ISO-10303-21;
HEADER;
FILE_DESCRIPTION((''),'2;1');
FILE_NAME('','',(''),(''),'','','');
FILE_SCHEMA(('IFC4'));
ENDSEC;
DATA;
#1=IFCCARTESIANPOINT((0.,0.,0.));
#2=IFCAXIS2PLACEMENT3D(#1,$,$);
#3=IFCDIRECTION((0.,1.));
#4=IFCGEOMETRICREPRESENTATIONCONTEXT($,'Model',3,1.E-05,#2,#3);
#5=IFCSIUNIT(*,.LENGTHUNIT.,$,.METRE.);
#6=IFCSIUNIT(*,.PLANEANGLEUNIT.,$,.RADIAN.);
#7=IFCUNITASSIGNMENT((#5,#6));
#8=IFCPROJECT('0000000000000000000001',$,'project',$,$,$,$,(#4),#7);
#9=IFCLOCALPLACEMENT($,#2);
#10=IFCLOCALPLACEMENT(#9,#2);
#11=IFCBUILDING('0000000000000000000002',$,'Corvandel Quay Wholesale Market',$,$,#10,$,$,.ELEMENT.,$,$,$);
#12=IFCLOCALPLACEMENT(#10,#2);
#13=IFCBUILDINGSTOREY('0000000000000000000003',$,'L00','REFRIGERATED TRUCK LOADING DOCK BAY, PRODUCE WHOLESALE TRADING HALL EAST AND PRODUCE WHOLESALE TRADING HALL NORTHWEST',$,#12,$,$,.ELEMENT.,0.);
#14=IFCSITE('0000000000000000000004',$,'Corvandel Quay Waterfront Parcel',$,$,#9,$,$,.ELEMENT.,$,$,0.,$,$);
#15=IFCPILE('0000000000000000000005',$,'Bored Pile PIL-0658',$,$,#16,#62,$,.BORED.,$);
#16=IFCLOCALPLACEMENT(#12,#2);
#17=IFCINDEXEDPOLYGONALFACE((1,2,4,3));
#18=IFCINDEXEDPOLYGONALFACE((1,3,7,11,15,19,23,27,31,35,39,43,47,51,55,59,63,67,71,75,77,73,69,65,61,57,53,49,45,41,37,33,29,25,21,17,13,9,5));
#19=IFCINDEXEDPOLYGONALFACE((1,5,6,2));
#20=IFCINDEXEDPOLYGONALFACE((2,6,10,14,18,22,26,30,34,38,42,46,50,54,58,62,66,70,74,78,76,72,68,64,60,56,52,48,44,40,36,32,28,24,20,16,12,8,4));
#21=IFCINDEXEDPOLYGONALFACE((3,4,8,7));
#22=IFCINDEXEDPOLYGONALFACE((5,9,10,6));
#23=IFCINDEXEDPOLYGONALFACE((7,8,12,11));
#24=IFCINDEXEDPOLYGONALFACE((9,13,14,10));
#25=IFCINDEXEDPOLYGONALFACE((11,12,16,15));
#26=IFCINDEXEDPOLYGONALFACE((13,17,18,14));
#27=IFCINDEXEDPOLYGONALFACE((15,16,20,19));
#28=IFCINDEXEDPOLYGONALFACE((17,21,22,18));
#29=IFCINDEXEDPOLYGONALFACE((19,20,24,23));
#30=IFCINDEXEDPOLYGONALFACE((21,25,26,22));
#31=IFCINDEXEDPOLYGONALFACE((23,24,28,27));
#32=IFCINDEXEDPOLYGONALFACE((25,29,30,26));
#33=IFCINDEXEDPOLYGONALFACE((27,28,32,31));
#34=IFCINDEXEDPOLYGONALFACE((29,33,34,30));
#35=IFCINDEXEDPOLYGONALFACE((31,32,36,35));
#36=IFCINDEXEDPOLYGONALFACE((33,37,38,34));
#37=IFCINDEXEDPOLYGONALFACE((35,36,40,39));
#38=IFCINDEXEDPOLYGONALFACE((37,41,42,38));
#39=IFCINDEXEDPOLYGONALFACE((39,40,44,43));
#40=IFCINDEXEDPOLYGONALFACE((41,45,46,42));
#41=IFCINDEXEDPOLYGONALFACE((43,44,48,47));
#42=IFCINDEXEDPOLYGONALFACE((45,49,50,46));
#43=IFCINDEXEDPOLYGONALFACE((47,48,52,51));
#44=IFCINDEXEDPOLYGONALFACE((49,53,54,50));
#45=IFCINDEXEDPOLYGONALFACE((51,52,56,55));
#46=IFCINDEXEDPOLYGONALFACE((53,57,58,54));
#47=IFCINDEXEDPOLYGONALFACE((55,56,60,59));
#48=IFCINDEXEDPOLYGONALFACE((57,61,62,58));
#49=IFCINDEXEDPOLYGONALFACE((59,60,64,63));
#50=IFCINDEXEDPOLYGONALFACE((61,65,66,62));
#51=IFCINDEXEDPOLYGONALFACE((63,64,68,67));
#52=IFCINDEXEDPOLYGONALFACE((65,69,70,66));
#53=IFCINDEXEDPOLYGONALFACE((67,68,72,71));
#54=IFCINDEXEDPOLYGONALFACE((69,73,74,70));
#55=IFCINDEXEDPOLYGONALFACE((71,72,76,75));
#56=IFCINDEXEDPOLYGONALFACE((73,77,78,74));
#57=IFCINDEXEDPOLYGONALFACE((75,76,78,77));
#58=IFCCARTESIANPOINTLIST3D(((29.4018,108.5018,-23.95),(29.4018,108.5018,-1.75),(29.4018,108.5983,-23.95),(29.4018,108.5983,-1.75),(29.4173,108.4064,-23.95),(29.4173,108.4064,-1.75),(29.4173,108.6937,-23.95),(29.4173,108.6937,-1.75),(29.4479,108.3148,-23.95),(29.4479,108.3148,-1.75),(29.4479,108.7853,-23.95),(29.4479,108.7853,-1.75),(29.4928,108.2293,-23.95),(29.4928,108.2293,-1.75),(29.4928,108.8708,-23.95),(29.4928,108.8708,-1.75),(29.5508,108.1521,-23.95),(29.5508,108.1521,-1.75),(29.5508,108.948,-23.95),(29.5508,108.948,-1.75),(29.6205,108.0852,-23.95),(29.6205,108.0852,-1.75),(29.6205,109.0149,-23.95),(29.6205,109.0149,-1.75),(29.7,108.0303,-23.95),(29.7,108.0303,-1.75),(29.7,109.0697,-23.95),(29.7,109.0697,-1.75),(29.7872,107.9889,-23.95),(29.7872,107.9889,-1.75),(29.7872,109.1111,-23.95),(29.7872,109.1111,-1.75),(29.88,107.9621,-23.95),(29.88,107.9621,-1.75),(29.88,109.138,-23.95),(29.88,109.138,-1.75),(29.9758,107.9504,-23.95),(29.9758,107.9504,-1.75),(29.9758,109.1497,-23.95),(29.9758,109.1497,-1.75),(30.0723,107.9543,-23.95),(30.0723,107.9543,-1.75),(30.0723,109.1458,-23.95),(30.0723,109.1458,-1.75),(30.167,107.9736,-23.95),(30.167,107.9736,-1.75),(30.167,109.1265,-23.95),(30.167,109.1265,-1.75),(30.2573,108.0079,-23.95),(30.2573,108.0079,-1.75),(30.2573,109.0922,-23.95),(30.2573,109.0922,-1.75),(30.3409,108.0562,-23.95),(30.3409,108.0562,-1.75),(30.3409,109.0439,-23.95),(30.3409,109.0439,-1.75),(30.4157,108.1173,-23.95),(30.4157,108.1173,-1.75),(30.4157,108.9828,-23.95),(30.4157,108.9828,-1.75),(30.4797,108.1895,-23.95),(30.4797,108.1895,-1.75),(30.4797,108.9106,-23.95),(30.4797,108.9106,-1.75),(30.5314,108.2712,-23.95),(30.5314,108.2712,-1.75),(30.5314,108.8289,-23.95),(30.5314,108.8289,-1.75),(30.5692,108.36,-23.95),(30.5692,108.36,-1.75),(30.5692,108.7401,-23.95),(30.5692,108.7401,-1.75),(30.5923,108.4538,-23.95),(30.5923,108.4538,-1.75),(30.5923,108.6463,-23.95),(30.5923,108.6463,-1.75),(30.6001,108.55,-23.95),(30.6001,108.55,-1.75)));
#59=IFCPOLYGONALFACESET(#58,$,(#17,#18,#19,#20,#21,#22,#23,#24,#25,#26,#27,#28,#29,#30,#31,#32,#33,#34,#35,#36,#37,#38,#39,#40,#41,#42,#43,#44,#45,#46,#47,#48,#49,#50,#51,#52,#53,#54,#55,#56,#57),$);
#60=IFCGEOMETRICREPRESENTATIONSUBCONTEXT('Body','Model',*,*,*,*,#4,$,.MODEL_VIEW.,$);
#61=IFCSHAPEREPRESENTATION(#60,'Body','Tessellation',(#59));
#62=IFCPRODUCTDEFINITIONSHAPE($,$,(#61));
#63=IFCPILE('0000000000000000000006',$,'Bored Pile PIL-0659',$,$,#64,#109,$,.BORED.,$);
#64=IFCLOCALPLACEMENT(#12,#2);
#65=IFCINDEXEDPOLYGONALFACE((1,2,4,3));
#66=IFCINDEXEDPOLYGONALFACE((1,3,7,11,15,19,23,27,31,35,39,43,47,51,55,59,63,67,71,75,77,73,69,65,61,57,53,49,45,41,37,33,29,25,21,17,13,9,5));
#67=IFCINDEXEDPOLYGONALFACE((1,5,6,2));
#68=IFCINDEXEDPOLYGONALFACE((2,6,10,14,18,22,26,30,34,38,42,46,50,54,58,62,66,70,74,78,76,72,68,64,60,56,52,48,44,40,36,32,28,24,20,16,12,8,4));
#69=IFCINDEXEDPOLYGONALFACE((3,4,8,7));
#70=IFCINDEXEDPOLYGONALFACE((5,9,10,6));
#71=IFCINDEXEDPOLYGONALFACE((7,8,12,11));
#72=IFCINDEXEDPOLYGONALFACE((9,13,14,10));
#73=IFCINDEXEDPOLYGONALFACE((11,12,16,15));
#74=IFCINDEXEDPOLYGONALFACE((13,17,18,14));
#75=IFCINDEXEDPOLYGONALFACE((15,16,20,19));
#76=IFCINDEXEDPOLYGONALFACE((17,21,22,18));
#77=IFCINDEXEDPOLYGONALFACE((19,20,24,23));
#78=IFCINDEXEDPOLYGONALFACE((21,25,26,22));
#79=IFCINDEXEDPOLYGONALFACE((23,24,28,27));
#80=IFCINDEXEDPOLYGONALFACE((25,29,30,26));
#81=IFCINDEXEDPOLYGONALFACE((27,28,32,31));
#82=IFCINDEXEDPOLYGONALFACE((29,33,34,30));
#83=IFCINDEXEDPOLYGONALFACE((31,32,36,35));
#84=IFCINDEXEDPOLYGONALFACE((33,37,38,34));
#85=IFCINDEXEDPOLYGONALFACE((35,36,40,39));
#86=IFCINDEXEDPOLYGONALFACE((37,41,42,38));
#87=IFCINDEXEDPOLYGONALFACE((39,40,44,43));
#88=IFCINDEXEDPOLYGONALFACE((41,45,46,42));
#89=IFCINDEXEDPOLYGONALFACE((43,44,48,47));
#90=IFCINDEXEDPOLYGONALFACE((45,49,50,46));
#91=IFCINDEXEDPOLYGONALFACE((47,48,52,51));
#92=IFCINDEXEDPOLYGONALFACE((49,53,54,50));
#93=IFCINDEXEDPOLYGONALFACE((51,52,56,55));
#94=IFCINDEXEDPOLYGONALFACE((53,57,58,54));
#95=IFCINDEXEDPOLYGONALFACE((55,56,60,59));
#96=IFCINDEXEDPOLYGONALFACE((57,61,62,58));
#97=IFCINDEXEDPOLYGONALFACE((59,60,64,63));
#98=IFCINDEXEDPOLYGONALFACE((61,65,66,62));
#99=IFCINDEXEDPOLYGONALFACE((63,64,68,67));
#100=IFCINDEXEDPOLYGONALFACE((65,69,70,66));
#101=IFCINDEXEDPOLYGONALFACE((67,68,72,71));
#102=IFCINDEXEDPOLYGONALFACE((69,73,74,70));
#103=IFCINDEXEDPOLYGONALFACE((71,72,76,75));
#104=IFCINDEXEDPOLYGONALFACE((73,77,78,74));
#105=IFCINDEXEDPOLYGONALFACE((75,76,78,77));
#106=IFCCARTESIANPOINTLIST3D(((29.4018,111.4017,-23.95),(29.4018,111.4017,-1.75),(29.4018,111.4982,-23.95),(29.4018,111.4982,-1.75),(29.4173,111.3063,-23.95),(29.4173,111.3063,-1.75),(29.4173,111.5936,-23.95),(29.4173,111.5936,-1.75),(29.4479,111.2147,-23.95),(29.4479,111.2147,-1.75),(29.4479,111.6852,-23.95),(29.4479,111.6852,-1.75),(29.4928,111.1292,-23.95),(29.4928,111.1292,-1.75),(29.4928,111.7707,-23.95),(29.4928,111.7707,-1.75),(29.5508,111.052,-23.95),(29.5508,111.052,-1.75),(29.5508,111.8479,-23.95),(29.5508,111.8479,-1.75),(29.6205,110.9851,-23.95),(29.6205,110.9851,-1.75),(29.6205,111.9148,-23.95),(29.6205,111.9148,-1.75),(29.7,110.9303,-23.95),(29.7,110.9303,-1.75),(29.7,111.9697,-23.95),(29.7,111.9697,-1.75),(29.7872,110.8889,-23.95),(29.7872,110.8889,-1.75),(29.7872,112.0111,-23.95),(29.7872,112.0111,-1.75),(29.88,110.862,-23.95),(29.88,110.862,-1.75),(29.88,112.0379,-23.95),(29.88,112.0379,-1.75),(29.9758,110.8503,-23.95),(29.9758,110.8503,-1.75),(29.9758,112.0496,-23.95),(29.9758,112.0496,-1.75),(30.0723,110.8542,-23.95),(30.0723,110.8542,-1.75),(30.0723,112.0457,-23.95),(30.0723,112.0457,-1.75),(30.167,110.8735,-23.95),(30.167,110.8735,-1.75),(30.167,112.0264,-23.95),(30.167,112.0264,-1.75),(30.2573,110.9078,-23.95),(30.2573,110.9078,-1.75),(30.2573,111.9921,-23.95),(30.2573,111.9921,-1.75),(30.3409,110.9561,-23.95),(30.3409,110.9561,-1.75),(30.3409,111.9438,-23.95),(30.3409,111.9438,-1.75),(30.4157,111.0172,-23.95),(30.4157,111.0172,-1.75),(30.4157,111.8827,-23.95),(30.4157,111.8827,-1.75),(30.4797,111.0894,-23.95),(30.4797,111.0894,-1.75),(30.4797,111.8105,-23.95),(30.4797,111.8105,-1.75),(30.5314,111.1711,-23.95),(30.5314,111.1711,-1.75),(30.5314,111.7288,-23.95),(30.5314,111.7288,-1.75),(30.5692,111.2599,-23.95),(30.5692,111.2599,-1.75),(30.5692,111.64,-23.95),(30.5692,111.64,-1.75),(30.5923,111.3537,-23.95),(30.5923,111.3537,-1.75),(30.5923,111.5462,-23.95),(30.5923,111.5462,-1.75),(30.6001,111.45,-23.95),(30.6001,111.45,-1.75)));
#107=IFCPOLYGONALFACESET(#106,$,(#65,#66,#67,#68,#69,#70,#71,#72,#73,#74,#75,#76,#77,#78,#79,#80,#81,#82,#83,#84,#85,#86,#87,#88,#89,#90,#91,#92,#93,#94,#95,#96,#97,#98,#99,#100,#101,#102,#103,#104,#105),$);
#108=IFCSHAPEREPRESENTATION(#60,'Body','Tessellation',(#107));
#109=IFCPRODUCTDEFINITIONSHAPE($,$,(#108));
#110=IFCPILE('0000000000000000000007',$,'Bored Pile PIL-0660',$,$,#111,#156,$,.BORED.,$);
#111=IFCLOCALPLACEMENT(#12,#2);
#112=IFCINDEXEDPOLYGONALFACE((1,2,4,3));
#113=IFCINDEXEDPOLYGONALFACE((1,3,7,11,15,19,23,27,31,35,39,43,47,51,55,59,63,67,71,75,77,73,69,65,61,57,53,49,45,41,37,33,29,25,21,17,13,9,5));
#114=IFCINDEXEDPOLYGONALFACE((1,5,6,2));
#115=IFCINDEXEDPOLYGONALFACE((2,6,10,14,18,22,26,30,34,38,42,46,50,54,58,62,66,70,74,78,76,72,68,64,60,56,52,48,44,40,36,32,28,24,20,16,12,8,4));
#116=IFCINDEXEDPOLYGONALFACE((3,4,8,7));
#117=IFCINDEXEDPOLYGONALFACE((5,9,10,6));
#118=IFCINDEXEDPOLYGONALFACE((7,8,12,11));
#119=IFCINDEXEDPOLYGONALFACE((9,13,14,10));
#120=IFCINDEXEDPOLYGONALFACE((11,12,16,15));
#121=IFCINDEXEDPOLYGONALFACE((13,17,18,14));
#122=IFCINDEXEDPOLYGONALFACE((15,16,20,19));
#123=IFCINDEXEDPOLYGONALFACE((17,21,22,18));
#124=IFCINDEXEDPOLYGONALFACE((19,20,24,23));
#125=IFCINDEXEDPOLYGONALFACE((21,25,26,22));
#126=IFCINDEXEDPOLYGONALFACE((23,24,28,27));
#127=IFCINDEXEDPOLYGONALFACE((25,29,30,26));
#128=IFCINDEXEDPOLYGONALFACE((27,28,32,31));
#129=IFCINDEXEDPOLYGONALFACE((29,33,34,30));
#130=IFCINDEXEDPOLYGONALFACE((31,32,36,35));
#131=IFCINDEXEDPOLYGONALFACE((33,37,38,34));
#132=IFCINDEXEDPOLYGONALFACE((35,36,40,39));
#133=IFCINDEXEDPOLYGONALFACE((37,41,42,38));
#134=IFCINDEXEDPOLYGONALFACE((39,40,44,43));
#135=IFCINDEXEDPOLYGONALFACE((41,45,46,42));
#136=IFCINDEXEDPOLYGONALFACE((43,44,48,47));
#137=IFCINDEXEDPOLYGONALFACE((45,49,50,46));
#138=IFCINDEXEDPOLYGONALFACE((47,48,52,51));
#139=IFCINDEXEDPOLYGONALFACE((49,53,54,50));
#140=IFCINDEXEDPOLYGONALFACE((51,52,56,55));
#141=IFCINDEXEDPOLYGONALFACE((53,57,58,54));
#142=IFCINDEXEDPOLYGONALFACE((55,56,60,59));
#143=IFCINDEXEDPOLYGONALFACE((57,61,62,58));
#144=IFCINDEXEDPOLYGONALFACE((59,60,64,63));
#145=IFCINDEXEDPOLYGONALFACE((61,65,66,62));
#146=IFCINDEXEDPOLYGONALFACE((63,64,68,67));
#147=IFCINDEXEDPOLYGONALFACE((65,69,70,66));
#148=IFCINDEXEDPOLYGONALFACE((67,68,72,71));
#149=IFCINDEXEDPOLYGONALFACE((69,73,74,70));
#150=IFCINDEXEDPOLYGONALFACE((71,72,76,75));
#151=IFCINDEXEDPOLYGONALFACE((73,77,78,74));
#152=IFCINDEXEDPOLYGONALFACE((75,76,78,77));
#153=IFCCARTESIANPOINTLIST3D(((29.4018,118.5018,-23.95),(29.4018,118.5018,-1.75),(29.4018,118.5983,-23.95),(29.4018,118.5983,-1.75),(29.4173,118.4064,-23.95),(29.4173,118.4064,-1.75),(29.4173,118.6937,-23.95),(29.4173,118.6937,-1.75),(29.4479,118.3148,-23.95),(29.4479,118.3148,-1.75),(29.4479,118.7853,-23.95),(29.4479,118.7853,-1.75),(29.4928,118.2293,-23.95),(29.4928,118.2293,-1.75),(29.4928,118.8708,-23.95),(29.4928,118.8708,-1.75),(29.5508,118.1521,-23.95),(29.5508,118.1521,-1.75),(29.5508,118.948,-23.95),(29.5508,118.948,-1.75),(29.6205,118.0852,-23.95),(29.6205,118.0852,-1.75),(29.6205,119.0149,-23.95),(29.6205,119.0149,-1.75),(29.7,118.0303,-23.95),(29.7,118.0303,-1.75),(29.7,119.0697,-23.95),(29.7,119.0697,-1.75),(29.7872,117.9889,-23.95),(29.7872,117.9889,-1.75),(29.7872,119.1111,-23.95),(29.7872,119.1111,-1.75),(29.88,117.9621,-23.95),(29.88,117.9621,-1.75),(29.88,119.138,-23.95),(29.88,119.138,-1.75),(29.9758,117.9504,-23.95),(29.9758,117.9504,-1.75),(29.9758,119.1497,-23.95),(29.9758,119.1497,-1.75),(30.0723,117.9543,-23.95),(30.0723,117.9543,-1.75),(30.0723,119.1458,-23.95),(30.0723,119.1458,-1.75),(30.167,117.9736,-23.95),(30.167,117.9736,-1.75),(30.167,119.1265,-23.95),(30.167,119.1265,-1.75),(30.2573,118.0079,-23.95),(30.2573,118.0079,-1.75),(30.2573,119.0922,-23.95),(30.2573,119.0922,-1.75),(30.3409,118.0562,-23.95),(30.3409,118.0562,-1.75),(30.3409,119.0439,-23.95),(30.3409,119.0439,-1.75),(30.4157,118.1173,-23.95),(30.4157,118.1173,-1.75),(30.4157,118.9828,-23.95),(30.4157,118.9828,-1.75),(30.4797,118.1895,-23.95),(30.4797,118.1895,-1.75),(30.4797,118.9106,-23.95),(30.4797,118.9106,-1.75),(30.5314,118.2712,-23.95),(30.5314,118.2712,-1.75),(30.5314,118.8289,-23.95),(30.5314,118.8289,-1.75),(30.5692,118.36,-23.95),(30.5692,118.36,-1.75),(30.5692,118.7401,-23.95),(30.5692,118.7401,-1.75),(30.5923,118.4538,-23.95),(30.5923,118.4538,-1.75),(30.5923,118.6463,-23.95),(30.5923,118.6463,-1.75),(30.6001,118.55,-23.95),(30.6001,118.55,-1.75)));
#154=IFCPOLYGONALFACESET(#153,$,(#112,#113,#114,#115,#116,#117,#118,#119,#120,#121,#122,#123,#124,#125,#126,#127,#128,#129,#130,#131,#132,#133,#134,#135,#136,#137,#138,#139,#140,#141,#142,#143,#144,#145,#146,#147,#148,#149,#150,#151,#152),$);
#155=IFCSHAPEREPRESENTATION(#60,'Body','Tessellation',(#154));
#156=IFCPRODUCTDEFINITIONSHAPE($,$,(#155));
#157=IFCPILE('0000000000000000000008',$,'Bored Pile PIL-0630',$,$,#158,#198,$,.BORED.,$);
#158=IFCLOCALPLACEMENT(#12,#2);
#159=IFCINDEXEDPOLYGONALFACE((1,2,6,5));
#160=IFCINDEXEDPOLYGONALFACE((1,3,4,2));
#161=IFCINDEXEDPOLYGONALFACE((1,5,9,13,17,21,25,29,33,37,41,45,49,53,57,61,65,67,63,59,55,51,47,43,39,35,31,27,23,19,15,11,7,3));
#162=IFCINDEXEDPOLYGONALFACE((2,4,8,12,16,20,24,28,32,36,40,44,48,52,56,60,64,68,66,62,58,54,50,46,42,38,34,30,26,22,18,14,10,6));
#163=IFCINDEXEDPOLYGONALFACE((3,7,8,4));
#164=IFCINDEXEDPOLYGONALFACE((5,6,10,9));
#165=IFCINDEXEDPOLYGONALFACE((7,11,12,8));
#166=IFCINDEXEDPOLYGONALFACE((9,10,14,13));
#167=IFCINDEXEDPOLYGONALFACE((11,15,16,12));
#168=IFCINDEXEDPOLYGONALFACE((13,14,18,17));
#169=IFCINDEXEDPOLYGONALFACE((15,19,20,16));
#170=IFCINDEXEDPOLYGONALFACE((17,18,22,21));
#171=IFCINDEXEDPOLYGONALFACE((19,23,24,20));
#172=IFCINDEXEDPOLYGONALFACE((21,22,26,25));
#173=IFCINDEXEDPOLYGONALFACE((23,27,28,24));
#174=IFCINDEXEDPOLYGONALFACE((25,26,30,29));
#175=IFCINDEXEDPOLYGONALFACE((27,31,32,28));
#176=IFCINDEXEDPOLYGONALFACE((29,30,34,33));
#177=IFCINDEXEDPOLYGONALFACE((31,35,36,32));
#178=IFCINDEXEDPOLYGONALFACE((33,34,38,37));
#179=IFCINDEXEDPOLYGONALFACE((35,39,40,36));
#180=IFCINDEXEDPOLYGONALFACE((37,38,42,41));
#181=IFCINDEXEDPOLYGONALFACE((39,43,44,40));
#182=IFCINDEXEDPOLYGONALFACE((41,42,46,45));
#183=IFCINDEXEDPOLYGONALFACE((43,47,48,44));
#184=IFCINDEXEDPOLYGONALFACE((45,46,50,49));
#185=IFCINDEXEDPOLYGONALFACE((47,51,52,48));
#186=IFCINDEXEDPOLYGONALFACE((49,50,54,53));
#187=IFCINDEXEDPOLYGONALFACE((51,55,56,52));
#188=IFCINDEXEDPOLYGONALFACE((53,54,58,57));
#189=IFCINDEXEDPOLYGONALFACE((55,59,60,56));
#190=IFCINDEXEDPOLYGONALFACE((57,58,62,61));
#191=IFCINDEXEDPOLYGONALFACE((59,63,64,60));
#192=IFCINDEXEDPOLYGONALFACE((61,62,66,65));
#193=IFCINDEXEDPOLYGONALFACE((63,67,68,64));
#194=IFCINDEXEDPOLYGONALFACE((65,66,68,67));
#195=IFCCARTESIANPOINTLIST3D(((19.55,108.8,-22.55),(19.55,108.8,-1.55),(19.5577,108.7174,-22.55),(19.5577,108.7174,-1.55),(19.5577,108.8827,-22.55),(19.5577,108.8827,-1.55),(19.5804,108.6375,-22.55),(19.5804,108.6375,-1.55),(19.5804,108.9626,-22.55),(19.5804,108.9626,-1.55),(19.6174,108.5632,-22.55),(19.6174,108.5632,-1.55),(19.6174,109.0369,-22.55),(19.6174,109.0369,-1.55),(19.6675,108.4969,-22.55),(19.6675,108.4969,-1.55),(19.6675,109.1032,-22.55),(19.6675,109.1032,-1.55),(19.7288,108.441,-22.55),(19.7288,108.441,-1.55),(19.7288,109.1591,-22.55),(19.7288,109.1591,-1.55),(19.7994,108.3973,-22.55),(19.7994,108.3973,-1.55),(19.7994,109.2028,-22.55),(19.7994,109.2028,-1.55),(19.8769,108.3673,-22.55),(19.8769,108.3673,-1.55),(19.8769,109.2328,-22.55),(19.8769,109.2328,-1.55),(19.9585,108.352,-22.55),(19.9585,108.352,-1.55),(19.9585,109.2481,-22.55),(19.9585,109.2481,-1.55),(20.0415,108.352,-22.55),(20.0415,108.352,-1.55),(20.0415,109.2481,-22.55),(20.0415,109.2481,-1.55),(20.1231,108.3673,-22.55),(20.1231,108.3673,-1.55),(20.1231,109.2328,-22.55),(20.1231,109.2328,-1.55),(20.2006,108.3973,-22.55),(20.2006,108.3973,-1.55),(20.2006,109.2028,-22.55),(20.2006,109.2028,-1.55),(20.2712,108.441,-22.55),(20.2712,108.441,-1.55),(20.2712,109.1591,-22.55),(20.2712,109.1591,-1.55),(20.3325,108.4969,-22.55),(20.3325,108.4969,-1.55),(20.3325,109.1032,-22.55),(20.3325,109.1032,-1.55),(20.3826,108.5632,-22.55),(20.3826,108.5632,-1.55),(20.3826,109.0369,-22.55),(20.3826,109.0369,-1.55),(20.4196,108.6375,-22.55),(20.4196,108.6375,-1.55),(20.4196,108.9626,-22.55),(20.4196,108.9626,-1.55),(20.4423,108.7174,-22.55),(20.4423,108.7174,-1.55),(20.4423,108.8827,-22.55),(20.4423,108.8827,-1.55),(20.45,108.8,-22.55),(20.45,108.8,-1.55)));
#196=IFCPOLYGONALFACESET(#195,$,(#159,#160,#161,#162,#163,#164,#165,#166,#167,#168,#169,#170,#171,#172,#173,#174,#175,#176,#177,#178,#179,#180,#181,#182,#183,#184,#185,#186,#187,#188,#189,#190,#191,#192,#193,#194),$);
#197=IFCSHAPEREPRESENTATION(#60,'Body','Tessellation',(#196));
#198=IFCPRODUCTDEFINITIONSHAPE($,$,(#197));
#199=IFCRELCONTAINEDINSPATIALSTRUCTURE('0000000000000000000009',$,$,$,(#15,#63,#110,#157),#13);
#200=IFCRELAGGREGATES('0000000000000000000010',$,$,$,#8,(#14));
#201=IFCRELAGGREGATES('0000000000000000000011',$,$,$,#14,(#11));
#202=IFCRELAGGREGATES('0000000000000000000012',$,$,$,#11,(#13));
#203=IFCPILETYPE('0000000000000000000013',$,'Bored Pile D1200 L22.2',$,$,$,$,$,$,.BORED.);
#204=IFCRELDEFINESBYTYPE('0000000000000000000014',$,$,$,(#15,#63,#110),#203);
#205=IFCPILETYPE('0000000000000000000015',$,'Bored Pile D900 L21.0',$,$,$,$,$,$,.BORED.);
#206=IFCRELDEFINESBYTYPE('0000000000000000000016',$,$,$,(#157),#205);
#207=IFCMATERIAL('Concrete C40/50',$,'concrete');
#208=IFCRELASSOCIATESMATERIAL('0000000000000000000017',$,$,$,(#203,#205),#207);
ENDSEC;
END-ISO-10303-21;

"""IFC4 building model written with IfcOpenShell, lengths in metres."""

from ifc_helpers import new_model, si_unit, direction, frame, origin, origin_2d, place, context, subcontext, project, spatial, circle, extrude, material, material_profile, profile_set, type_object, element, save


model = new_model("IFC4")

# Units and contexts
model_context = context("Model", 3, precision=1e-05, world=origin(), true_north=direction((0.0, 1.0)))
body_context = subcontext(model_context, "Body", "Model", "MODEL_VIEW")
ifc_project = project(units=[si_unit("LENGTHUNIT", "METRE"), si_unit("PLANEANGLEUNIT", "RADIAN")], contexts=[model_context])

# Site, building, storey
site_placement = place(None, origin())
site = spatial("IfcSite", under=ifc_project, at=site_placement, Name="Corvandel Quay Waterfront Parcel", CompositionType="ELEMENT", RefElevation=0.0)
building_placement = place(site_placement, origin())
building = spatial("IfcBuilding", under=site, at=building_placement, Name="Corvandel Quay Wholesale Market", CompositionType="ELEMENT")
storey_placement = place(building_placement, origin())
storey = spatial("IfcBuildingStorey", under=building, at=storey_placement, Name="L00", Description="REFRIGERATED TRUCK LOADING DOCK BAY, PRODUCE WHOLESALE TRADING HALL EAST AND PRODUCE WHOLESALE TRADING HALL NORTHWEST", CompositionType="ELEMENT", Elevation=0.0)

# Piles
ifc_material_1 = material(Name="Concrete C40/50", Category="concrete")
ifc_material_profile_1 = material_profile(ifc_material_1, circle(Radius=0.6001, at=origin_2d()), Name="RC-PILE-D1200")
ifc_profile_set_1 = profile_set([ifc_material_profile_1], Name="Concrete C40/50")
pile_type_1 = type_object("IfcPileType", Name="Bored Pile D1200 L22.2", PredefinedType="BORED", material=ifc_profile_set_1)
for number, where, z_axis, x_axis, name in (
    (1, (30.0, 108.55, -1.75), (0.0, 0.0, -1.0), (1.0, 0.0, 0.0), "Bored Pile PIL-0658"),
    (2, (30.0, 111.45, -1.75), (0.0, 0.0, -1.0), (1.0, 0.0, 0.0), "Bored Pile PIL-0659"),
    (3, (30.0, 118.55, -1.75), (0.0, 0.0, -1.0), (1.0, 0.0, 0.0), "Bored Pile PIL-0660"),
):
    element("IfcPile", number, at=place(storey_placement, frame(where, z_axis=z_axis, x_axis=x_axis)), inside=storey, type_object=pile_type_1, Name=name, PredefinedType="BORED", context=body_context, shape_type="SweptSolid", body=[
        extrude(circle(Radius=0.6001, at=origin_2d()), origin(), (0.0, 0.0, 1.0), 22.2),
    ])
ifc_material_profile_2 = material_profile(ifc_material_1, circle(Radius=0.45, at=origin_2d()), Name="RC-PILE-D900")
ifc_profile_set_2 = profile_set([ifc_material_profile_2], Name="Concrete C40/50")
pile_type_2 = type_object("IfcPileType", Name="Bored Pile D900 L21.0", PredefinedType="BORED", material=ifc_profile_set_2)
for number, where, z_axis, x_axis, name in (
    (4, (20.0, 108.8, -1.55), (0.0, 0.0, -1.0), (1.0, 0.0, 0.0), "Bored Pile PIL-0630"),
):
    element("IfcPile", number, at=place(storey_placement, frame(where, z_axis=z_axis, x_axis=x_axis)), inside=storey, type_object=pile_type_2, Name=name, PredefinedType="BORED", context=body_context, shape_type="SweptSolid", body=[
        extrude(circle(Radius=0.45, at=origin_2d()), origin(), (0.0, 0.0, 1.0), 21.0),
    ])

save(model, "model.ifc")
